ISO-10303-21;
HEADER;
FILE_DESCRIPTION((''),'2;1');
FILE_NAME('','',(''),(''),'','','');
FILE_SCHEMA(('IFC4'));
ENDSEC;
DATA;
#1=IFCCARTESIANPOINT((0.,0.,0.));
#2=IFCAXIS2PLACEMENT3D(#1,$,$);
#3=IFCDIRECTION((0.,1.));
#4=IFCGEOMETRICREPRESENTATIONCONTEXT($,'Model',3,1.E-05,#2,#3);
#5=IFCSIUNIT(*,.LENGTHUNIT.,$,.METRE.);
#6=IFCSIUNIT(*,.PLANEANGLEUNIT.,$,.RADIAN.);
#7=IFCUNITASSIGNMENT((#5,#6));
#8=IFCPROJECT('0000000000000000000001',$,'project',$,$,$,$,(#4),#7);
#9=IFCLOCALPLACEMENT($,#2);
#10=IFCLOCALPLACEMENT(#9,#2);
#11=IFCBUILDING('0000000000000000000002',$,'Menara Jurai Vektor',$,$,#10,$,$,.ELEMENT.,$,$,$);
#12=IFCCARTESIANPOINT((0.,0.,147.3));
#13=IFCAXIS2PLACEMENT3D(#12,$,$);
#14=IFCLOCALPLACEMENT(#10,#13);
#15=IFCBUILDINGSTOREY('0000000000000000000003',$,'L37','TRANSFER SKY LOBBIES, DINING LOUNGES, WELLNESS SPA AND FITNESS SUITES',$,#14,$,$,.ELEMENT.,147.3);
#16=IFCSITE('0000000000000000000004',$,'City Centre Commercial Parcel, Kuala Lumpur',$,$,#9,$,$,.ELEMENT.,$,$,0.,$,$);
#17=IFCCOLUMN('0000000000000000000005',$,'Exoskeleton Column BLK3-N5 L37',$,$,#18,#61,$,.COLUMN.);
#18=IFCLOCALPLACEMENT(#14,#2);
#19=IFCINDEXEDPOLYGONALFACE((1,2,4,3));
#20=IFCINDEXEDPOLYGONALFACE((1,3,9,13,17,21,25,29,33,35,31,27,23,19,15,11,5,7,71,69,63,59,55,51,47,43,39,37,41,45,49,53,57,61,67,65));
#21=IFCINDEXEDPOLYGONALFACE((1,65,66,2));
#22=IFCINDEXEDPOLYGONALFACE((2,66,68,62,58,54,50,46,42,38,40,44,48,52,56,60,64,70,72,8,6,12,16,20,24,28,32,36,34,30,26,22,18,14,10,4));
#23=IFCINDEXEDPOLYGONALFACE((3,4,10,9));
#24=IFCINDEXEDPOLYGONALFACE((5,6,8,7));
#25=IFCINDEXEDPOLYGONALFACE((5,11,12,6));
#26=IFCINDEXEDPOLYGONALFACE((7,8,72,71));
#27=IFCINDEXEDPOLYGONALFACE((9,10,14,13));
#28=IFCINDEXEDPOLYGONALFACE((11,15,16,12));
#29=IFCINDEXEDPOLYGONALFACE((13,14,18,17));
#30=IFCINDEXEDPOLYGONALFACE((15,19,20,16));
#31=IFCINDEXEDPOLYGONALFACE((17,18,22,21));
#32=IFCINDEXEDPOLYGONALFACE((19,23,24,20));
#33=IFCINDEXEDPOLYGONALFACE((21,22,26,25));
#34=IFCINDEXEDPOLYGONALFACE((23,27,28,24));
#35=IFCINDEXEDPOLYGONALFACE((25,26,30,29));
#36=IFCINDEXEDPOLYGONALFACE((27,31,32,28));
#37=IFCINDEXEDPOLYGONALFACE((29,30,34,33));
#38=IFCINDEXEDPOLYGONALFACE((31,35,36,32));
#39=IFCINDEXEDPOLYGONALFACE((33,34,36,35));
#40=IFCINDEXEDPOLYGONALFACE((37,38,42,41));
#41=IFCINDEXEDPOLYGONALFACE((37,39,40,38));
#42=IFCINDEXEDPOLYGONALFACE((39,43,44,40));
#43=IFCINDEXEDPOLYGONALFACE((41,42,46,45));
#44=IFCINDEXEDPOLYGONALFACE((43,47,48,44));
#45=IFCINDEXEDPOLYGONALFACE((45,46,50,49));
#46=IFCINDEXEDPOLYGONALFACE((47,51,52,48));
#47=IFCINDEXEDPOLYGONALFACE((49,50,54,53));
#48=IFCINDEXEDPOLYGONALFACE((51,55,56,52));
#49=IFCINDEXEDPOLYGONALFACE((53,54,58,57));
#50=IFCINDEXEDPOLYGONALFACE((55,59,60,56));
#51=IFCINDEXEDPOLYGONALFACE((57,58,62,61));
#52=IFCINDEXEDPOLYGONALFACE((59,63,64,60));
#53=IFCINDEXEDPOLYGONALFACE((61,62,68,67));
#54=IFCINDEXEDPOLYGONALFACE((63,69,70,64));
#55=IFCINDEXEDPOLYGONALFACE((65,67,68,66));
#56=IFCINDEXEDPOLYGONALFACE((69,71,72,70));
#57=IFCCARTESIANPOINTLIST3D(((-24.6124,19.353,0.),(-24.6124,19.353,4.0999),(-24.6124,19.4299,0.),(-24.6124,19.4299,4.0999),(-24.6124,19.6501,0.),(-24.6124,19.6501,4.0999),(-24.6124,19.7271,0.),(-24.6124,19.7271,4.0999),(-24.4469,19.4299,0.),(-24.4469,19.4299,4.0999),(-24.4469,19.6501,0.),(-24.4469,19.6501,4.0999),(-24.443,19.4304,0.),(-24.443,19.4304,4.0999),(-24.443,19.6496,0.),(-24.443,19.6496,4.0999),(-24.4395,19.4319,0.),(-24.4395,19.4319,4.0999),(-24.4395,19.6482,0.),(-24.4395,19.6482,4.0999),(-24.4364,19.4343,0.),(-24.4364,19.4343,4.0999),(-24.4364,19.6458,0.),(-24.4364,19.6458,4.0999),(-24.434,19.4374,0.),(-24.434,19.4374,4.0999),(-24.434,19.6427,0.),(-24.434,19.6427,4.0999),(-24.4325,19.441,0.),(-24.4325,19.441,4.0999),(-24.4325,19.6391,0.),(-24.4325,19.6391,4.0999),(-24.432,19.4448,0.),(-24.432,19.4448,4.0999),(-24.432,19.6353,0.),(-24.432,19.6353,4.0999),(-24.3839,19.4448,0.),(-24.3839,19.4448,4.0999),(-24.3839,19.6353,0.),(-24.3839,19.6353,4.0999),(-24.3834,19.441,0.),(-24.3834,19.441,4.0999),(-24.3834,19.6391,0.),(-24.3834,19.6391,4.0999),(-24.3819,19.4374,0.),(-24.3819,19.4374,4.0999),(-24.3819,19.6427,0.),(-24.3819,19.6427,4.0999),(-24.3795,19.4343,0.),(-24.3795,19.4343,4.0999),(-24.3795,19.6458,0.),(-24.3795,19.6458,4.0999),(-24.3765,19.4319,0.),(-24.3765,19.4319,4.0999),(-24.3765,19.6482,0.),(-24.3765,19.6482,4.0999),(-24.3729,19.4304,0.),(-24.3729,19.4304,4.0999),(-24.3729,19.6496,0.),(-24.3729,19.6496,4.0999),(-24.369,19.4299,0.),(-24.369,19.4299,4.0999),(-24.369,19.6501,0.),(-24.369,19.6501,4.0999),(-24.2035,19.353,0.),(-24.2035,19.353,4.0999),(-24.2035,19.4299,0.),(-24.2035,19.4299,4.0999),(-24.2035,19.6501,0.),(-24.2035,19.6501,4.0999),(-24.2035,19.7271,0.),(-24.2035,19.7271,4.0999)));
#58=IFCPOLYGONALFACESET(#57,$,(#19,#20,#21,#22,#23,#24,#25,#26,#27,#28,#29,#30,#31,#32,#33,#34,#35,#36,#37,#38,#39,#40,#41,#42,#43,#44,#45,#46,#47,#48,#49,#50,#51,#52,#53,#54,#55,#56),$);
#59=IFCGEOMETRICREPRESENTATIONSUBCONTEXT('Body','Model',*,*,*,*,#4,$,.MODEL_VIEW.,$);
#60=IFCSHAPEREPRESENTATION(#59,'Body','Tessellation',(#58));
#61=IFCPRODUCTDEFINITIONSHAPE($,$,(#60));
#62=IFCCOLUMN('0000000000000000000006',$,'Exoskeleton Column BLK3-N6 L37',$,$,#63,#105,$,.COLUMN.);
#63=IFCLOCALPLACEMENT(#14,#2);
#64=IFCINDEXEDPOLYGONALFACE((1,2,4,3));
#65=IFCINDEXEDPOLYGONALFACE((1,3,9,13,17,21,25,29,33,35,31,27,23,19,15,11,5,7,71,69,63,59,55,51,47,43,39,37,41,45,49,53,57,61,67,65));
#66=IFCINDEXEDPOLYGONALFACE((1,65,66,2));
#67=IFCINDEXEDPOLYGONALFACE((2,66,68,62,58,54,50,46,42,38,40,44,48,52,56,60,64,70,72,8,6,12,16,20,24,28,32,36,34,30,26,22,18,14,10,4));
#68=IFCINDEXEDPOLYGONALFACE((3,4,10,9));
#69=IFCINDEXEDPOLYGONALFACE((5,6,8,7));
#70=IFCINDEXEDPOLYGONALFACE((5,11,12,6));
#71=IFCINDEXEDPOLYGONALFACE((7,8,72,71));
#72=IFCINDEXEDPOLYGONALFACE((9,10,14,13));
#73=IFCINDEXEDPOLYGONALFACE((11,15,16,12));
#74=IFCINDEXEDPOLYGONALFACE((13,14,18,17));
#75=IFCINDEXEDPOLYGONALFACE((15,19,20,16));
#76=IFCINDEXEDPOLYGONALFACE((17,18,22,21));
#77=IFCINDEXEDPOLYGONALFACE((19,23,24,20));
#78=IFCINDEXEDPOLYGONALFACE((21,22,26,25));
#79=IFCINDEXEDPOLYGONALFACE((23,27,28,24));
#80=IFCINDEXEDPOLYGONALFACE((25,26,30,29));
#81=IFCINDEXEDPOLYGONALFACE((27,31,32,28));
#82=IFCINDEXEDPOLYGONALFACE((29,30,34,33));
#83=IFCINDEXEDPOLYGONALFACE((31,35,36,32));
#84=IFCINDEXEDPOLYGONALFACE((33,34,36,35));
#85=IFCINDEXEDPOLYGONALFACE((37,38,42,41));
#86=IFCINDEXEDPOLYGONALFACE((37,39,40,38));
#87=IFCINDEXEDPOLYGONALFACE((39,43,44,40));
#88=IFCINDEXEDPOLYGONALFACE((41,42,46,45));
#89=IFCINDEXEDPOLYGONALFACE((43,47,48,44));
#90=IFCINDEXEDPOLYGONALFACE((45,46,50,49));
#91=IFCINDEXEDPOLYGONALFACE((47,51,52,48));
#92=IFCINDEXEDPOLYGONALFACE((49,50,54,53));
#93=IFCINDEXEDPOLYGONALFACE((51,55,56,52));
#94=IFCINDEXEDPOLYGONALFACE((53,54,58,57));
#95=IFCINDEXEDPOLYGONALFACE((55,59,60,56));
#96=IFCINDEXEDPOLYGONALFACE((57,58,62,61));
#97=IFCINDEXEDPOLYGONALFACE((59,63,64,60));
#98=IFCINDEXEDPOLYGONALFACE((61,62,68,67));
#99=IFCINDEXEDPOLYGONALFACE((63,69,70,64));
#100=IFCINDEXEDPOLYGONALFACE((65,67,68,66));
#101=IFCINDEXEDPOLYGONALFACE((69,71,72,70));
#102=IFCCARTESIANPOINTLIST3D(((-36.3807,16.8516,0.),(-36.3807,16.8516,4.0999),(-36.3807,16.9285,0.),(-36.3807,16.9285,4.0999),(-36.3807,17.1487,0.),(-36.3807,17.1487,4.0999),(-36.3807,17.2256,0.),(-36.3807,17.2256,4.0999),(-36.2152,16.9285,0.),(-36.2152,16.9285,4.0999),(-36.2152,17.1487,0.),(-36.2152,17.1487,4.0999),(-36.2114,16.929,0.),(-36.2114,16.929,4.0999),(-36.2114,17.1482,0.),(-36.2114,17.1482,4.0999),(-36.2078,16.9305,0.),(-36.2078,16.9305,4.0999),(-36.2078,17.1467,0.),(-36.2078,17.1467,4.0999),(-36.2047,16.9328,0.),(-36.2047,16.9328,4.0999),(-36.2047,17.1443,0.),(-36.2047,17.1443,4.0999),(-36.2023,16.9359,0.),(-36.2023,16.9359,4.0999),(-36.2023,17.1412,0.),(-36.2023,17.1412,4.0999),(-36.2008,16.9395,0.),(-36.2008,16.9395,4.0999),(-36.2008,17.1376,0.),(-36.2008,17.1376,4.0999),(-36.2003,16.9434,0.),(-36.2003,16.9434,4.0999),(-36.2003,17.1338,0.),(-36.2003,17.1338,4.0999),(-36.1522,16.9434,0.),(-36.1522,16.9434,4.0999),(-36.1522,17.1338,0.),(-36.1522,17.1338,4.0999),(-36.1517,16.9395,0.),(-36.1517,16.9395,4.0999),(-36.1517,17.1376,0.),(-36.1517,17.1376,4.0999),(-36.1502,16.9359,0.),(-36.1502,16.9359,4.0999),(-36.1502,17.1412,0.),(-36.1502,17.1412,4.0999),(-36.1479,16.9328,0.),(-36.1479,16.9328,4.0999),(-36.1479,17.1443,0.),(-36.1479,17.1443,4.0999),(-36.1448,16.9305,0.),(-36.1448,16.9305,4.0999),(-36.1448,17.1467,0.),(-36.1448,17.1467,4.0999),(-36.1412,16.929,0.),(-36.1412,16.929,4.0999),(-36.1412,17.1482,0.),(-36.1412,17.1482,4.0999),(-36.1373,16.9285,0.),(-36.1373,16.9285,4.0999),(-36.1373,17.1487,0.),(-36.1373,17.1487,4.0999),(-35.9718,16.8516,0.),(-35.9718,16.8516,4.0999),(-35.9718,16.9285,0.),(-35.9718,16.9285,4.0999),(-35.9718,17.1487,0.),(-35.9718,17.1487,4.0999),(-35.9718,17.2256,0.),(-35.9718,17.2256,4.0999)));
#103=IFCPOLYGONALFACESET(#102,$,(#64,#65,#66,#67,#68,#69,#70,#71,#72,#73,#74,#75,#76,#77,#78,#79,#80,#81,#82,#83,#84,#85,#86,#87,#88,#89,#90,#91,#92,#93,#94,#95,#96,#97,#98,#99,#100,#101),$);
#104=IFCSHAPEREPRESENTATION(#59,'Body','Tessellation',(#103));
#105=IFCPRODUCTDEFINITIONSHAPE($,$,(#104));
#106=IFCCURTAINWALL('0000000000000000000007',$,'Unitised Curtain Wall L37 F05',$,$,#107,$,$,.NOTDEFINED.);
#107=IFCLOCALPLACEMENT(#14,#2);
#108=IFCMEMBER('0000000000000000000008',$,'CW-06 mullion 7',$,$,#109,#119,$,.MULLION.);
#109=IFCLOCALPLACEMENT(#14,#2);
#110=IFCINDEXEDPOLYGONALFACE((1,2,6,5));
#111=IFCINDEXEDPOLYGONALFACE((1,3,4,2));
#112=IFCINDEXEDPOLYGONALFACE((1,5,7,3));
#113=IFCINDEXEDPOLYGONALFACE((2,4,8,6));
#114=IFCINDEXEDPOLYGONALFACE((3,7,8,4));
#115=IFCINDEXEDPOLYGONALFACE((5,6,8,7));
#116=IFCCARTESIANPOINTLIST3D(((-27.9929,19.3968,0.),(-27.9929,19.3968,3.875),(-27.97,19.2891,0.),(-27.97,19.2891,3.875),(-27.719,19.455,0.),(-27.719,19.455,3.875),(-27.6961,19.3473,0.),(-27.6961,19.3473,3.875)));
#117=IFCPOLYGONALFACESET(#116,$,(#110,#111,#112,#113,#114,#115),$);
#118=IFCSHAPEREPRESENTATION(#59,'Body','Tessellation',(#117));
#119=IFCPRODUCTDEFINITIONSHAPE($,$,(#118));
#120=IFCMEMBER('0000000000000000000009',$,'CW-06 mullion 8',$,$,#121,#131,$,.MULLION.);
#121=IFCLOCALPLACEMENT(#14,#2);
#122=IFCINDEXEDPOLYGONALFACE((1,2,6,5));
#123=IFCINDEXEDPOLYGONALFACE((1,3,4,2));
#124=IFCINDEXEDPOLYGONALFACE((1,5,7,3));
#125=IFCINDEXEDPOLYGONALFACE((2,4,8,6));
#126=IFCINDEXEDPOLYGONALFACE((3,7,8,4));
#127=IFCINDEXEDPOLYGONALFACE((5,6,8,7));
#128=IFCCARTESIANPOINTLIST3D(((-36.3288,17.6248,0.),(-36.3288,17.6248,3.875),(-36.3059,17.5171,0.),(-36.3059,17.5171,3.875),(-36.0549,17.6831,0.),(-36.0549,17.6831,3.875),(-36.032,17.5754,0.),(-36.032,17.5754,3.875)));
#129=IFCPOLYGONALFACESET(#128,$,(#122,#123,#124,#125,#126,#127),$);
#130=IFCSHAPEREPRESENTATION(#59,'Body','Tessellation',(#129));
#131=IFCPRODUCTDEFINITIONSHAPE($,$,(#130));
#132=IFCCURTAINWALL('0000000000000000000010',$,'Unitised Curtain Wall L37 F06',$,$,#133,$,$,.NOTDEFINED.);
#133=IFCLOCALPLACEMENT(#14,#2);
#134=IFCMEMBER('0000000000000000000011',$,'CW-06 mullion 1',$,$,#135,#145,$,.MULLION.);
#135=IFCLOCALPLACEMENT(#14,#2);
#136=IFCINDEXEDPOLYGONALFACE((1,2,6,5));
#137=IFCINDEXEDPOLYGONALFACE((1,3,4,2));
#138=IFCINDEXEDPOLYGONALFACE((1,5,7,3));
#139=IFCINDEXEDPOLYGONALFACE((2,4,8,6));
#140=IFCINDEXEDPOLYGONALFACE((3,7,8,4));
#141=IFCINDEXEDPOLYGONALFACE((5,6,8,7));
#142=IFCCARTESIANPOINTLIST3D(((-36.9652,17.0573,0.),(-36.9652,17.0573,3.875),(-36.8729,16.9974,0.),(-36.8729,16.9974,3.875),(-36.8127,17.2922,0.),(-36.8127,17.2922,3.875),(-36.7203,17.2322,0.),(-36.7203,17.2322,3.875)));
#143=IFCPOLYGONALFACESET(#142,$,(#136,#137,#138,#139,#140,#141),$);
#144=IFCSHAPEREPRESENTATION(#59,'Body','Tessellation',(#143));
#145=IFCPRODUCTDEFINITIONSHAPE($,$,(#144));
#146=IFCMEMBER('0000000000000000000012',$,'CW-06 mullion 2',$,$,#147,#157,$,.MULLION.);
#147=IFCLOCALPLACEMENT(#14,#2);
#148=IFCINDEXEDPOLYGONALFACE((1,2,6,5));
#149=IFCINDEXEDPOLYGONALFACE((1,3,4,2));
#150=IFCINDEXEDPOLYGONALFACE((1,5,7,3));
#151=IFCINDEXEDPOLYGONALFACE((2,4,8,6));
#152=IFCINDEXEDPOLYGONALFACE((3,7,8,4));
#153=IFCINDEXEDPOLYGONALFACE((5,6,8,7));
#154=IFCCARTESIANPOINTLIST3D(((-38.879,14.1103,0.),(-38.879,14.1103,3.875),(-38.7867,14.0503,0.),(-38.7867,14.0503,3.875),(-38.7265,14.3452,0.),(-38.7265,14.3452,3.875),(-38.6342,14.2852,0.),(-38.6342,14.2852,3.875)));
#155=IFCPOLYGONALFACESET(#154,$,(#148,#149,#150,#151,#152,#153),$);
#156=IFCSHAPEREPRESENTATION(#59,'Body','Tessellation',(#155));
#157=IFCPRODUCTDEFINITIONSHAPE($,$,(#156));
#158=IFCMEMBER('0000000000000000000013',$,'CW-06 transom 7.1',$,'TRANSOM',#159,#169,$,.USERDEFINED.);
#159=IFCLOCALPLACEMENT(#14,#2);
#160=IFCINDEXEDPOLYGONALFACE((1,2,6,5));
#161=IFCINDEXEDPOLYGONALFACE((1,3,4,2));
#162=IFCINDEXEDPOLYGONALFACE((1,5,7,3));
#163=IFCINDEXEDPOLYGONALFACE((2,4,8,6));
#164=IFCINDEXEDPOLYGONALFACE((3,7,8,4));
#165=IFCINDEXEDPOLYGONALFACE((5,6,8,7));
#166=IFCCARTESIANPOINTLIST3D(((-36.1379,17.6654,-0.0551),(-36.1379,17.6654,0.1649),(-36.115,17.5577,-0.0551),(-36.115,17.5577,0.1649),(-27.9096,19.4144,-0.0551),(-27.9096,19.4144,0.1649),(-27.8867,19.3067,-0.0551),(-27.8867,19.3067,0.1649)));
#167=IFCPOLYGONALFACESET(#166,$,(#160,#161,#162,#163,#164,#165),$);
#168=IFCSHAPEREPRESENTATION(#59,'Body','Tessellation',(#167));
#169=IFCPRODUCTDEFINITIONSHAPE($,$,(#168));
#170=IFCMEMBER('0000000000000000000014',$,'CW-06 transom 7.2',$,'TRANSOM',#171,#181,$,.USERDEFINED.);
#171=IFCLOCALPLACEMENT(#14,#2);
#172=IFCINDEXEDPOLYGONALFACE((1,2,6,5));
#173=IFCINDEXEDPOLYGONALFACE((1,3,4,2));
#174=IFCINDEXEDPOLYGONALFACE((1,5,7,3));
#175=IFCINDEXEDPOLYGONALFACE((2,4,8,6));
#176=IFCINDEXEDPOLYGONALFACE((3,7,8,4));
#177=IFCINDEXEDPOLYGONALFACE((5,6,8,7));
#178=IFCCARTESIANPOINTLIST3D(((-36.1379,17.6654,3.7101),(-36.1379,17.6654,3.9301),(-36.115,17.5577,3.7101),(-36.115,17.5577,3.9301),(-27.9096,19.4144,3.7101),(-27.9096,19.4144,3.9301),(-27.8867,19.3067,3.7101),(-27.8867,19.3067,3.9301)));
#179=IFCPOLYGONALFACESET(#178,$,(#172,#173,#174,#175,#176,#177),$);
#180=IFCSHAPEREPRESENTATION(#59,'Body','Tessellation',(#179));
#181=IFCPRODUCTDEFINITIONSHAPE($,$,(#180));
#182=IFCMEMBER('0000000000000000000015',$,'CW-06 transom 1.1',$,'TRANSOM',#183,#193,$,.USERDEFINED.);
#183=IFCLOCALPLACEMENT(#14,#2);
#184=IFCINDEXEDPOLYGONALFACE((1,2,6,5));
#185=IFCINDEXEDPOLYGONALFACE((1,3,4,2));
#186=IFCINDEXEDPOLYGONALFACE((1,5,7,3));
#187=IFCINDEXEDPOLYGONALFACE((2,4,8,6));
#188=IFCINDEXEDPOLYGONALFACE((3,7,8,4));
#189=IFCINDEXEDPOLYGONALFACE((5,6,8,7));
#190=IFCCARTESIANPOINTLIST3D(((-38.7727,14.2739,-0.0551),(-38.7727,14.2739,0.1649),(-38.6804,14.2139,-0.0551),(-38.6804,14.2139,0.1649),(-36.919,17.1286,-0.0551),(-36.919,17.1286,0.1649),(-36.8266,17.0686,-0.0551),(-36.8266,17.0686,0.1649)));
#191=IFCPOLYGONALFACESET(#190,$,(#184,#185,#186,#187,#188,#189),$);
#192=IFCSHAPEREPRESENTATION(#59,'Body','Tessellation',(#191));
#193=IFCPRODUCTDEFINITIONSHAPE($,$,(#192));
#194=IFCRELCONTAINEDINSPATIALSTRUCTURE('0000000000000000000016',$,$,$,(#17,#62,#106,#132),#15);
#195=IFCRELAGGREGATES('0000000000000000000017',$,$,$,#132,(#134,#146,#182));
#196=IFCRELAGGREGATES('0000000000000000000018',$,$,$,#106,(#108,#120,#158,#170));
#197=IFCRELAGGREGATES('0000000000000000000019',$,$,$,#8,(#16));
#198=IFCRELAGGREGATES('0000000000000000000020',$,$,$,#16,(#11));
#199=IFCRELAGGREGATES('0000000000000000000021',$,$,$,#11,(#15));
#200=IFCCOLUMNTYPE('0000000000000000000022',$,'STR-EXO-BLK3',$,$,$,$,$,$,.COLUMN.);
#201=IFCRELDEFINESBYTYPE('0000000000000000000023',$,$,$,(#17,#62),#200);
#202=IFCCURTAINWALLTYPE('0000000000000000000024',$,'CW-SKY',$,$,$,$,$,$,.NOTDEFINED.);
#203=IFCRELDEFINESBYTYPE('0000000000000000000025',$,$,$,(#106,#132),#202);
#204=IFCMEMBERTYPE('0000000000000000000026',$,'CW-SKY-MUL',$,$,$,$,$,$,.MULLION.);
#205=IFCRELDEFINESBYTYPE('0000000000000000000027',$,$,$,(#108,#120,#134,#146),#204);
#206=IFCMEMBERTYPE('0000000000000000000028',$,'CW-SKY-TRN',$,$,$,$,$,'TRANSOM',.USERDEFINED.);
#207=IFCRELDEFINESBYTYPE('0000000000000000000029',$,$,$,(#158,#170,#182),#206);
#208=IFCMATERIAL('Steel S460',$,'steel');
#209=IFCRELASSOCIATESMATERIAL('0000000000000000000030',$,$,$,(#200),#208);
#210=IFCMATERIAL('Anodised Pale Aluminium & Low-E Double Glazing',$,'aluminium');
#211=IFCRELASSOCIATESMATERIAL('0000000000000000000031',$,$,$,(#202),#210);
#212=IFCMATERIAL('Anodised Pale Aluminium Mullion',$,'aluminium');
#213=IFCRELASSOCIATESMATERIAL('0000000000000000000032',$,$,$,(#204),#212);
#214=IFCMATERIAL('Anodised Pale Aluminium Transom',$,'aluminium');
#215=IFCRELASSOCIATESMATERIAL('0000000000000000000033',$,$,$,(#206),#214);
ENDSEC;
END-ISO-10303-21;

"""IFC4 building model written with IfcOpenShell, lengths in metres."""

from ifc_helpers import new_model, si_unit, direction, frame, origin, origin_2d, place, context, subcontext, project, spatial, rectangle, i_section, extrude, material, material_profile, profile_set, type_object, element, aggregate, save


model = new_model("IFC4")

# Units and contexts
model_context = context("Model", 3, precision=1e-05, world=origin(), true_north=direction((0.0, 1.0)))
body_context = subcontext(model_context, "Body", "Model", "MODEL_VIEW")
ifc_project = project(units=[si_unit("LENGTHUNIT", "METRE"), si_unit("PLANEANGLEUNIT", "RADIAN")], contexts=[model_context])

# Site, building, storey
site_placement = place(None, origin())
site = spatial("IfcSite", under=ifc_project, at=site_placement, Name="City Centre Commercial Parcel, Kuala Lumpur", CompositionType="ELEMENT", RefElevation=0.0)
building_placement = place(site_placement, origin())
building = spatial("IfcBuilding", under=site, at=building_placement, Name="Menara Jurai Vektor", CompositionType="ELEMENT")
storey_placement = place(building_placement, frame((0.0, 0.0, 147.3)))
storey = spatial("IfcBuildingStorey", under=building, at=storey_placement, Name="L37", Description="TRANSFER SKY LOBBIES, DINING LOUNGES, WELLNESS SPA AND FITNESS SUITES", CompositionType="ELEMENT", Elevation=147.3)

# Columns
ifc_material_1 = material(Name="Steel S460", Category="steel")
ifc_material_profile_1 = material_profile(ifc_material_1, i_section(OverallWidth=0.4089, OverallDepth=0.374, WebThickness=0.0481, FlangeThickness=0.0769, FilletRadius=0.0149, at=origin_2d()), Name="HD 400x634")
ifc_profile_set_1 = profile_set([ifc_material_profile_1], Name="Steel S460")
column_type = type_object("IfcColumnType", Name="STR-EXO-BLK3", PredefinedType="COLUMN", material=ifc_profile_set_1)
for number, where, z_axis, x_axis, name in (
    (1, (-24.408, 19.54, 0.0), (0.0, 0.0, 1.0), (1.0, 0.0, 0.0), "Exoskeleton Column BLK3-N5 L37"),
    (2, (-36.1763, 17.0386, 0.0), (0.0, 0.0, 1.0), (1.0, 0.0, 0.0), "Exoskeleton Column BLK3-N6 L37"),
):
    element("IfcColumn", number, at=place(storey_placement, frame(where, z_axis=z_axis, x_axis=x_axis)), inside=storey, type_object=column_type, Name=name, PredefinedType="COLUMN", context=body_context, shape_type="SweptSolid", body=[
        extrude(i_section(OverallWidth=0.4089, OverallDepth=0.374, WebThickness=0.0481, FlangeThickness=0.0769, FilletRadius=0.0149, at=origin_2d()), origin(), (0.0, 0.0, 1.0), 4.0999),
    ])

# Curtain walls, members
ifc_material_2 = material(Name="Anodised Pale Aluminium & Low-E Double Glazing", Category="aluminium")
curtain_wall_type = type_object("IfcCurtainWallType", Name="CW-SKY", PredefinedType="NOTDEFINED", material=ifc_material_2)
curtain_wall_1_placement = place(storey_placement, origin())
curtain_wall_1 = element("IfcCurtainWall", 3, at=curtain_wall_1_placement, inside=storey, type_object=curtain_wall_type, Name="Unitised Curtain Wall L37 F05", PredefinedType="NOTDEFINED")
ifc_material_3 = material(Name="Anodised Pale Aluminium Mullion", Category="aluminium")
ifc_material_profile_2 = material_profile(ifc_material_3, rectangle(XDim=0.1101, YDim=0.28, at=origin_2d()), Name="ALU MUL 110x280")
ifc_profile_set_2 = profile_set([ifc_material_profile_2], Name="Anodised Pale Aluminium Mullion")
member_type_1 = type_object("IfcMemberType", Name="CW-SKY-MUL", PredefinedType="MULLION", material=ifc_profile_set_2)
member_1_placement = place(storey_placement, frame((-27.8445, 19.3721, 0.0), z_axis=(0.0, 0.0, 1.0), x_axis=(0.207911, -0.978148, 0.0)))
member_1 = element("IfcMember", 4, at=member_1_placement, type_object=member_type_1, Name="CW-06 mullion 7", PredefinedType="MULLION", context=body_context, shape_type="SweptSolid", body=[
    extrude(rectangle(XDim=0.1101, YDim=0.28, at=origin_2d()), origin(), (0.0, 0.0, 1.0), 3.875),
])
member_2_placement = place(storey_placement, frame((-36.1804, 17.6001, 0.0), z_axis=(0.0, 0.0, 1.0), x_axis=(0.207911, -0.978148, 0.0)))
member_2 = element("IfcMember", 5, at=member_2_placement, type_object=member_type_1, Name="CW-06 mullion 8", PredefinedType="MULLION", context=body_context, shape_type="SweptSolid", body=[
    extrude(rectangle(XDim=0.1101, YDim=0.28, at=origin_2d()), origin(), (0.0, 0.0, 1.0), 3.875),
])
curtain_wall_2_placement = place(storey_placement, origin())
curtain_wall_2 = element("IfcCurtainWall", 6, at=curtain_wall_2_placement, inside=storey, type_object=curtain_wall_type, Name="Unitised Curtain Wall L37 F06", PredefinedType="NOTDEFINED")
member_3_placement = place(storey_placement, frame((-36.8428, 17.1448, 0.0), z_axis=(0.0, 0.0, 1.0), x_axis=(0.838684, -0.544618, 0.0)))
member_3 = element("IfcMember", 7, at=member_3_placement, type_object=member_type_1, Name="CW-06 mullion 1", PredefinedType="MULLION", context=body_context, shape_type="SweptSolid", body=[
    extrude(rectangle(XDim=0.1101, YDim=0.28, at=origin_2d()), origin(), (0.0, 0.0, 1.0), 3.875),
])
member_4_placement = place(storey_placement, frame((-38.7566, 14.1978, 0.0), z_axis=(0.0, 0.0, 1.0), x_axis=(0.838684, -0.544618, 0.0)))
member_4 = element("IfcMember", 8, at=member_4_placement, type_object=member_type_1, Name="CW-06 mullion 2", PredefinedType="MULLION", context=body_context, shape_type="SweptSolid", body=[
    extrude(rectangle(XDim=0.1101, YDim=0.28, at=origin_2d()), origin(), (0.0, 0.0, 1.0), 3.875),
])

# Members
ifc_material_4 = material(Name="Anodised Pale Aluminium Transom", Category="aluminium")
ifc_material_profile_3 = material_profile(ifc_material_4, rectangle(XDim=0.1101, YDim=0.22, at=origin_2d()), Name="ALU TRN 110x220")
ifc_profile_set_3 = profile_set([ifc_material_profile_3], Name="Anodised Pale Aluminium Transom")
member_type_2 = type_object("IfcMemberType", Name="CW-SKY-TRN", ElementType="TRANSOM", PredefinedType="USERDEFINED", material=ifc_profile_set_3)
member_5_placement = place(storey_placement, frame((-27.8982, 19.3606, 0.0549), z_axis=(-0.978146, -0.207917, 0.0), x_axis=(0.207917, -0.978146, 0.0)))
member_5 = element("IfcMember", 9, at=member_5_placement, type_object=member_type_2, Name="CW-06 transom 7.1", ObjectType="TRANSOM", PredefinedType="USERDEFINED", context=body_context, shape_type="SweptSolid", body=[
    extrude(rectangle(XDim=0.1101, YDim=0.22, at=origin_2d()), origin(), (0.0, 0.0, 1.0), 8.4121),
])
member_6_placement = place(storey_placement, frame((-27.8982, 19.3606, 3.8201), z_axis=(-0.978146, -0.207917, 0.0), x_axis=(0.207917, -0.978146, 0.0)))
member_6 = element("IfcMember", 10, at=member_6_placement, type_object=member_type_2, Name="CW-06 transom 7.2", ObjectType="TRANSOM", PredefinedType="USERDEFINED", context=body_context, shape_type="SweptSolid", body=[
    extrude(rectangle(XDim=0.1101, YDim=0.22, at=origin_2d()), origin(), (0.0, 0.0, 1.0), 8.4121),
])
member_7_placement = place(storey_placement, frame((-36.8728, 17.0986, 0.0549), z_axis=(-0.544613, -0.838688, 0.0), x_axis=(0.838688, -0.544613, 0.0)))
member_7 = element("IfcMember", 11, at=member_7_placement, type_object=member_type_2, Name="CW-06 transom 1.1", ObjectType="TRANSOM", PredefinedType="USERDEFINED", context=body_context, shape_type="SweptSolid", body=[
    extrude(rectangle(XDim=0.1101, YDim=0.22, at=origin_2d()), origin(), (0.0, 0.0, 1.0), 3.4038),
])

aggregate(curtain_wall_2, [member_3, member_4, member_7])
aggregate(curtain_wall_1, [member_1, member_2, member_5, member_6])

save(model, "model.ifc")
